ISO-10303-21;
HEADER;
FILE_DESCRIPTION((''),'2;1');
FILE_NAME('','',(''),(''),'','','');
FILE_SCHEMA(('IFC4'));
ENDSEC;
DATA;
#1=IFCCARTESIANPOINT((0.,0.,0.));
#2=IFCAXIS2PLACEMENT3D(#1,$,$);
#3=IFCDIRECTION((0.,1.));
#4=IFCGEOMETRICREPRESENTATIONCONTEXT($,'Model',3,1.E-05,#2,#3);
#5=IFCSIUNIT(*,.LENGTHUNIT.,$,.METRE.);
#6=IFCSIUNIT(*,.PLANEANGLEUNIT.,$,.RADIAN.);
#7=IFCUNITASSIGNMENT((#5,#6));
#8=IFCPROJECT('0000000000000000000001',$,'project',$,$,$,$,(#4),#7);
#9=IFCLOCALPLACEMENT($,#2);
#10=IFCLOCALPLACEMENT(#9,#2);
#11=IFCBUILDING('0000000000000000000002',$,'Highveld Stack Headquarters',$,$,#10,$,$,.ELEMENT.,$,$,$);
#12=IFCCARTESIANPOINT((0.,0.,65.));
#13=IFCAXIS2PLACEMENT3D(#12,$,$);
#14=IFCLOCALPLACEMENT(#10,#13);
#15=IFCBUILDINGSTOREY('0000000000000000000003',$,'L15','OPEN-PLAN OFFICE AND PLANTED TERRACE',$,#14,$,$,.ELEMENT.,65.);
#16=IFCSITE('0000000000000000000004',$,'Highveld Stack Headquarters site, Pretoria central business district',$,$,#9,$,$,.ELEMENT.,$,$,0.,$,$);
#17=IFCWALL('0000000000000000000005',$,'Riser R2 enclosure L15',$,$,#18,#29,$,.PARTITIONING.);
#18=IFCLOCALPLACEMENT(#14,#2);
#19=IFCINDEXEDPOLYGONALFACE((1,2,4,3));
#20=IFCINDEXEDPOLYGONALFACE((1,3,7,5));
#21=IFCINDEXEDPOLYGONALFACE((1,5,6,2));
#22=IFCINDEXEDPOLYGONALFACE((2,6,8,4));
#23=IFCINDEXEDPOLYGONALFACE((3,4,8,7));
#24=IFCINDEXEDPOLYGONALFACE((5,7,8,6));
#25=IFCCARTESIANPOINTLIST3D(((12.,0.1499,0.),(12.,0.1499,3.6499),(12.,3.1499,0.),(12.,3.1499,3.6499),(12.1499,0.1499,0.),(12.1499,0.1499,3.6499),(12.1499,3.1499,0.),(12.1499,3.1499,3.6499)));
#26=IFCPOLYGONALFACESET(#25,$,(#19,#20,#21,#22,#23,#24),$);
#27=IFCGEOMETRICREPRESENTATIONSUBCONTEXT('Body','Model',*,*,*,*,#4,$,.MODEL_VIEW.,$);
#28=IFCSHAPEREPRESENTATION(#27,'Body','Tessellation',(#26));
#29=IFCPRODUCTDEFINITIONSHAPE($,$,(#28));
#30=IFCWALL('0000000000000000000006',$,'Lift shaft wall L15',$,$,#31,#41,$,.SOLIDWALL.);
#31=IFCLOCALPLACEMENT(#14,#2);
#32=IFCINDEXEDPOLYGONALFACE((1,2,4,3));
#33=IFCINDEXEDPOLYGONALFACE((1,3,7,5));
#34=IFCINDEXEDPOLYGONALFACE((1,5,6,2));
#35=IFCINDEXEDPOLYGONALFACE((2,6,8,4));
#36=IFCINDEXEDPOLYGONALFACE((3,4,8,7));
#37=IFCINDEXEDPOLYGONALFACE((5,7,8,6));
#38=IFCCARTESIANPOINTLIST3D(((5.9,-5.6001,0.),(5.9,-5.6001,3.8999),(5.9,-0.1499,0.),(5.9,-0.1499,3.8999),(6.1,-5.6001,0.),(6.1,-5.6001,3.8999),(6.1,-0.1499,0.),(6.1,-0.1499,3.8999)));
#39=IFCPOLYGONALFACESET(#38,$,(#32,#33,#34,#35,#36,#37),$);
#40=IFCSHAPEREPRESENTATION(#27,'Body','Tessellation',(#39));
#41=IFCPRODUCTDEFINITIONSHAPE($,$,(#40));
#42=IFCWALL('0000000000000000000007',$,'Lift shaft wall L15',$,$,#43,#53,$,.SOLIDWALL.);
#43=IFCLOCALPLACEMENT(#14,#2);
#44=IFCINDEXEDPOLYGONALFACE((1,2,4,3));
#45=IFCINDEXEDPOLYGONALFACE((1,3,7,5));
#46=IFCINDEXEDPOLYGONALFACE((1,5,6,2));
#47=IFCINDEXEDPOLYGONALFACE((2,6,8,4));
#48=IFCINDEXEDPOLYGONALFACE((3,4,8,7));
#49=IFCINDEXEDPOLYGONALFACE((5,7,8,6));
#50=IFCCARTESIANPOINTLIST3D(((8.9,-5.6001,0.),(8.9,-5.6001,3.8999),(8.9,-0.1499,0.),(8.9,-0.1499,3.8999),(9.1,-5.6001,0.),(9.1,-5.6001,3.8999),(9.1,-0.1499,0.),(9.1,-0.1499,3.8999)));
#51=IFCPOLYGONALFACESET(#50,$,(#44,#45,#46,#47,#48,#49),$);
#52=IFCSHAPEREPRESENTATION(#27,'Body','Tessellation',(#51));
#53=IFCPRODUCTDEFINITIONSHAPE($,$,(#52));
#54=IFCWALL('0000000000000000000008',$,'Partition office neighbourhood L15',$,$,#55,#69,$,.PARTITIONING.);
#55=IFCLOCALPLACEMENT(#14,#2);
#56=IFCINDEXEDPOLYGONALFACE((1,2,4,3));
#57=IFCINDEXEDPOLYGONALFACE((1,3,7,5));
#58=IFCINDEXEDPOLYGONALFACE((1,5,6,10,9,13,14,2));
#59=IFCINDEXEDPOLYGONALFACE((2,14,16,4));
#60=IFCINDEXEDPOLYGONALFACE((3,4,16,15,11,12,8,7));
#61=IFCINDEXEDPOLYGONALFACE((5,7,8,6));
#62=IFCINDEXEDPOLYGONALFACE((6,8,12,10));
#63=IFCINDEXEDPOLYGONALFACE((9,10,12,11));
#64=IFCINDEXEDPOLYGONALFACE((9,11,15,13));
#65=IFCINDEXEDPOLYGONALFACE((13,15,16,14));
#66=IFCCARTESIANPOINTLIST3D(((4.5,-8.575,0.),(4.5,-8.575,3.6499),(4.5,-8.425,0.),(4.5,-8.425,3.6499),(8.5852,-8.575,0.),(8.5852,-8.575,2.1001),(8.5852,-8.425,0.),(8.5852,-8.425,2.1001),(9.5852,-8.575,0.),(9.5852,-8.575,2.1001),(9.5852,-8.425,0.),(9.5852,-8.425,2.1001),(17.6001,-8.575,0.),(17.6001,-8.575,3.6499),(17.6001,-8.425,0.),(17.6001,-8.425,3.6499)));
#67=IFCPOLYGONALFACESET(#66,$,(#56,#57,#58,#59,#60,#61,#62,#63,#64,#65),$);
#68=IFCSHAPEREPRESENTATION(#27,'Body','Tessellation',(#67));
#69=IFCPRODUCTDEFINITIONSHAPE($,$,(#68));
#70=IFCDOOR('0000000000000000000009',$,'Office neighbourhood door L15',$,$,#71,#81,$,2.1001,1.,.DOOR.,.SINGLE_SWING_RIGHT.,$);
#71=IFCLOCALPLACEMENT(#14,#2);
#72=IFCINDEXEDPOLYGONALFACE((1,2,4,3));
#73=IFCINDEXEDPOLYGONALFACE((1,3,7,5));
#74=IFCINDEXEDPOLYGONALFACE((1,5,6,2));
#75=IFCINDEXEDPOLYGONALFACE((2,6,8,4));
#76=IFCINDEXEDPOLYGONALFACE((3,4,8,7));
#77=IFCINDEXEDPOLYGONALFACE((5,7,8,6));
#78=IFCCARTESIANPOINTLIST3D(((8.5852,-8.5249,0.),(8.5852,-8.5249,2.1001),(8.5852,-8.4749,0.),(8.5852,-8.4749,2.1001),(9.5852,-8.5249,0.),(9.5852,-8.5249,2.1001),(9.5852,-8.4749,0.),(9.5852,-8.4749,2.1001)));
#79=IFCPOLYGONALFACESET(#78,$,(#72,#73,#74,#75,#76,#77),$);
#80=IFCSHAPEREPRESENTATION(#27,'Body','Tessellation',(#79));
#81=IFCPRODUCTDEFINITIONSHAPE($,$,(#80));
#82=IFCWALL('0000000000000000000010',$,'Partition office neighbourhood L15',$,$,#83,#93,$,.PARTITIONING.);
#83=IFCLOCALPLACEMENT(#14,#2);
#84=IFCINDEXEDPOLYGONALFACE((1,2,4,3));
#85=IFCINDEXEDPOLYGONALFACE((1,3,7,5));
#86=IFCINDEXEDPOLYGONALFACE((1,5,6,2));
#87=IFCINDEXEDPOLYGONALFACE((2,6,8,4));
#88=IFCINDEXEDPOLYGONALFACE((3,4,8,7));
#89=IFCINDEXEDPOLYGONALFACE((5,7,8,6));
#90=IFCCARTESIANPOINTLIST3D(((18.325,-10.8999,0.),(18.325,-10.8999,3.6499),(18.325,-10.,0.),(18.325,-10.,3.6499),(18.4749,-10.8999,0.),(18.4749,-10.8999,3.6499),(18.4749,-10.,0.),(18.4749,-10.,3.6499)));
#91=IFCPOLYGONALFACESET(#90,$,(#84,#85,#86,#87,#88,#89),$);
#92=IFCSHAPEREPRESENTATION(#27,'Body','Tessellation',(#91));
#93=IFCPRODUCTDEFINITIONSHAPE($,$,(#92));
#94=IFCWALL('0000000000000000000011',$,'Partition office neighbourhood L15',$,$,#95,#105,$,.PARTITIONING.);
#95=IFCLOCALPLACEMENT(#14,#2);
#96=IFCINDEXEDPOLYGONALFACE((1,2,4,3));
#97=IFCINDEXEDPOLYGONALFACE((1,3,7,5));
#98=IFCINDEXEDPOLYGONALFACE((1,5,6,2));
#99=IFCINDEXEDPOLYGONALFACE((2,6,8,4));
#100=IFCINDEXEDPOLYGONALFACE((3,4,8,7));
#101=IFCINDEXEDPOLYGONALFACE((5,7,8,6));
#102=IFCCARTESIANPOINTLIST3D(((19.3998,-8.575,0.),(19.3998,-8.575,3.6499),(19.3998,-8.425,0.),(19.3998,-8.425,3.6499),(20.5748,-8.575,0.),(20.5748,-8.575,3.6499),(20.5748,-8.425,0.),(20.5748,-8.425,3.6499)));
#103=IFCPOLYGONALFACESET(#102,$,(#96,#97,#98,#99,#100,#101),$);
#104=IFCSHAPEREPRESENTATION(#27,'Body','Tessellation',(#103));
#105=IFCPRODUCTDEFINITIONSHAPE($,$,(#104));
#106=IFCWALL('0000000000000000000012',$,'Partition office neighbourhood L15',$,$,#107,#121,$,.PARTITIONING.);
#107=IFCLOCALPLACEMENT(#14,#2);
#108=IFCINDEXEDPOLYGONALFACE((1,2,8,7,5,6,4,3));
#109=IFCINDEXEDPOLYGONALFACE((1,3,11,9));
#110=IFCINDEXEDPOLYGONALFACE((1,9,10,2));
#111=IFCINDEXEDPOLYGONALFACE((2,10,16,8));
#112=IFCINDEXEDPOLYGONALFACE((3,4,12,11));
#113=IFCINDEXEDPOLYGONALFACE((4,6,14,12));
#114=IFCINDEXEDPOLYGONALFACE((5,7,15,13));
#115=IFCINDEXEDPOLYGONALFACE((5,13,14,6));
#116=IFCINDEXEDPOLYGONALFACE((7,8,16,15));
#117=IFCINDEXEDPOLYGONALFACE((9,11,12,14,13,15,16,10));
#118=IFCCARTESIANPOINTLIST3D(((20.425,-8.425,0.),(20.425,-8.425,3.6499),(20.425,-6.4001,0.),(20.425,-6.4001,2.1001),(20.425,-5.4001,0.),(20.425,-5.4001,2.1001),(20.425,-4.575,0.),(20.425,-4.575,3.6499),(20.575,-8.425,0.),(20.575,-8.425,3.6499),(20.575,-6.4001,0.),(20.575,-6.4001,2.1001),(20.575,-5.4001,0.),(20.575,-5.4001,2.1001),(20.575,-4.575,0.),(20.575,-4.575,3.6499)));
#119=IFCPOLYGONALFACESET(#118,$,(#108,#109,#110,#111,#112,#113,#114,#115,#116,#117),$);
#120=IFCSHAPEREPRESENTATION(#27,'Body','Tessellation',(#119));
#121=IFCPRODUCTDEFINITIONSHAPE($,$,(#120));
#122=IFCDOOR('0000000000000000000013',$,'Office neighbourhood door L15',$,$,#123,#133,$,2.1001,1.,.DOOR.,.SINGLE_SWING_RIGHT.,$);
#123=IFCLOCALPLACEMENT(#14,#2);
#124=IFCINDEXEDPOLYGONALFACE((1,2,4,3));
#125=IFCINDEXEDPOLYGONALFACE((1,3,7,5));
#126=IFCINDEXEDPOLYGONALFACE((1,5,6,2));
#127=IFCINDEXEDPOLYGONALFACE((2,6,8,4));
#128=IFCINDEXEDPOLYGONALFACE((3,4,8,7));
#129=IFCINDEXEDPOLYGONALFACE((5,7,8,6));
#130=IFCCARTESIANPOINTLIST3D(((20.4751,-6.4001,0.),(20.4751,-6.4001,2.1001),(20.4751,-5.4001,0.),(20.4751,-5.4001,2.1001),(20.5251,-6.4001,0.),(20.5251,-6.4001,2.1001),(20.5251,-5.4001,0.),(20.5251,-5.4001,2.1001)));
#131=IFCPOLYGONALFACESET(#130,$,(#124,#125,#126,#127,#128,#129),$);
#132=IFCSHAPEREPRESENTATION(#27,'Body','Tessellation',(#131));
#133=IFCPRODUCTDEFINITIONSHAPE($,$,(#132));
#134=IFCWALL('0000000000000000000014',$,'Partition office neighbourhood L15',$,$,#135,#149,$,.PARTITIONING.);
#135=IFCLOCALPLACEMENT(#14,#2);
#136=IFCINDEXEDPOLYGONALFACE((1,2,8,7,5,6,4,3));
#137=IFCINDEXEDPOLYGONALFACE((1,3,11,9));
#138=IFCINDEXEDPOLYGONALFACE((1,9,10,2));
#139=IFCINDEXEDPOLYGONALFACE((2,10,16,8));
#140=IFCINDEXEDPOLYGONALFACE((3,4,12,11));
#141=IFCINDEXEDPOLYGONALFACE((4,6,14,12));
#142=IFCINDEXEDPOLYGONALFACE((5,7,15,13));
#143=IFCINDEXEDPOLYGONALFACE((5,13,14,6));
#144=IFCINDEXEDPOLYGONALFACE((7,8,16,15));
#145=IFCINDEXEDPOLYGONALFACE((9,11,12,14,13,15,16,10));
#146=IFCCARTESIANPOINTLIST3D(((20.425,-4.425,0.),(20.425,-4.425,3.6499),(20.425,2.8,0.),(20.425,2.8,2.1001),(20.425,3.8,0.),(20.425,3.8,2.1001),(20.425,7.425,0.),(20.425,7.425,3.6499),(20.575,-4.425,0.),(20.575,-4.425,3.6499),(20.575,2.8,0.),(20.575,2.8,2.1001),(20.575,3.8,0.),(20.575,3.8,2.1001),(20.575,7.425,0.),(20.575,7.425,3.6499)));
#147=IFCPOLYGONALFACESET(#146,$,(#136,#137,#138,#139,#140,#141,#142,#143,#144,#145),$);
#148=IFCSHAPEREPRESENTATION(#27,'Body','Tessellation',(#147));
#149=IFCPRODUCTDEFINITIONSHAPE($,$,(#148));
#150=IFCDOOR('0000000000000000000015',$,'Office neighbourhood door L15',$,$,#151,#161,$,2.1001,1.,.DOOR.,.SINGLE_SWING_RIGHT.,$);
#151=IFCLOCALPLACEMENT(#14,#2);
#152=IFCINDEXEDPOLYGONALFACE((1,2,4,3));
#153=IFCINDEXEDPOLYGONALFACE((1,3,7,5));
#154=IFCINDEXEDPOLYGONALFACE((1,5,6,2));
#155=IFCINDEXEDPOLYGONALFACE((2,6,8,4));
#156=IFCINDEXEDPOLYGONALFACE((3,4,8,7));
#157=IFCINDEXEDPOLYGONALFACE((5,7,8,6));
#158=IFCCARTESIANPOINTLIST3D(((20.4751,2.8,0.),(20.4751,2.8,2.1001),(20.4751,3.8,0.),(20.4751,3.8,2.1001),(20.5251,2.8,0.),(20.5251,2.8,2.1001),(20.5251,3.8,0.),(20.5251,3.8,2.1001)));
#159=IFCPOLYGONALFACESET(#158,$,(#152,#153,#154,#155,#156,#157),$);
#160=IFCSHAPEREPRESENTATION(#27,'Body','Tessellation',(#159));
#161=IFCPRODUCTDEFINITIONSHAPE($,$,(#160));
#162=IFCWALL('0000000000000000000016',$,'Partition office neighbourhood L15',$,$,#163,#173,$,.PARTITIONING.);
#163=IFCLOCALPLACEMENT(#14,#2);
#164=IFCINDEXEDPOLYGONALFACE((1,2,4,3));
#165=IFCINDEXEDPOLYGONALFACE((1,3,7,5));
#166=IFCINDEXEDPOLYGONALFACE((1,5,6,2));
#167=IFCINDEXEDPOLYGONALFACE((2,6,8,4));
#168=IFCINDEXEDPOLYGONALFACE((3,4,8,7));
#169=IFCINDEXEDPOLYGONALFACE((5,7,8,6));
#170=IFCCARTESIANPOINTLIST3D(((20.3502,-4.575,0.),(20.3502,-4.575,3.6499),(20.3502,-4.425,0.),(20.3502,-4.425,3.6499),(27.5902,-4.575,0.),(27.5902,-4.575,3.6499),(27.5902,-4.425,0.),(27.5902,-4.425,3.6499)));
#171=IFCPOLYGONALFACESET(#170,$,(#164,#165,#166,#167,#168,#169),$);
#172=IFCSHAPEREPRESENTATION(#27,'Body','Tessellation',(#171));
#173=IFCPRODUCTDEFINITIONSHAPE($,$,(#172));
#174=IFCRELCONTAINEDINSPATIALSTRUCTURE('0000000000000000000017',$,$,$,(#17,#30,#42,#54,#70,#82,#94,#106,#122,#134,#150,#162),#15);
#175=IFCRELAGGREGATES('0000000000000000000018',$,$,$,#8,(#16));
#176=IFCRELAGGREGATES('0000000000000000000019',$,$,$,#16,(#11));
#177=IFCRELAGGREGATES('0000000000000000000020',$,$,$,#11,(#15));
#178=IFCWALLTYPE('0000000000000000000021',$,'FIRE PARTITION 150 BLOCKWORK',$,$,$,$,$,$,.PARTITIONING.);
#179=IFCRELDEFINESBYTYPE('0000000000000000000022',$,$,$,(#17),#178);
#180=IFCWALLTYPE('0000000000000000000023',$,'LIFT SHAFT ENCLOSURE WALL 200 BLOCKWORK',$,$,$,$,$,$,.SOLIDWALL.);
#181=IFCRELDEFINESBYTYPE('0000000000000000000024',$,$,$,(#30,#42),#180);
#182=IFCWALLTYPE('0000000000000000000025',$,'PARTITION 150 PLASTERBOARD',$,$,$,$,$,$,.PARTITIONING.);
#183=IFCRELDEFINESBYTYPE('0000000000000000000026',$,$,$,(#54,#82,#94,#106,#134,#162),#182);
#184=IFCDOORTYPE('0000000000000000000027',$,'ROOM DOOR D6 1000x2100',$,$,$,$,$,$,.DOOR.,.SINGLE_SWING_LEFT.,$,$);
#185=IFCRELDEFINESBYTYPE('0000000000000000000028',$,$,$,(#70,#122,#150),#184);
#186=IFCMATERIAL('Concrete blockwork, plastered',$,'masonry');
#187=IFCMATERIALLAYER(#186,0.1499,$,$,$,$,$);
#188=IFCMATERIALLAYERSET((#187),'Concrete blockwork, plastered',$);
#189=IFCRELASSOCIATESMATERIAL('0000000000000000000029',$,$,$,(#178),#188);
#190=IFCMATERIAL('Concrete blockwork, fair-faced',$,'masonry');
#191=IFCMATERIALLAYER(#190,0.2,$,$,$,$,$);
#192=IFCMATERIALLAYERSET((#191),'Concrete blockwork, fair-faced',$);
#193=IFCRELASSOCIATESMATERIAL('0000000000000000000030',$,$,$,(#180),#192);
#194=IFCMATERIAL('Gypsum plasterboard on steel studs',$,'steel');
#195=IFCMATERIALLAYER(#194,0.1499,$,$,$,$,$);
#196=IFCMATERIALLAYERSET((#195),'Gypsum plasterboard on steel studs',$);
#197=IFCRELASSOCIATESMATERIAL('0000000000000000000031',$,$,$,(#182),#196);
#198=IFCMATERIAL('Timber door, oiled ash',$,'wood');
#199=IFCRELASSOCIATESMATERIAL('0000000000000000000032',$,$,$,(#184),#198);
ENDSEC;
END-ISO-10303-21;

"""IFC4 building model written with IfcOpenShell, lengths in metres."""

from ifc_helpers import new_model, si_unit, direction, frame, frame_2d, origin, place, context, subcontext, project, spatial, rectangle, extrude, material, layer, layer_set, type_object, element, fill, save


model = new_model("IFC4")

# Units and contexts
model_context = context("Model", 3, precision=1e-05, world=origin(), true_north=direction((0.0, 1.0)))
body_context = subcontext(model_context, "Body", "Model", "MODEL_VIEW")
ifc_project = project(units=[si_unit("LENGTHUNIT", "METRE"), si_unit("PLANEANGLEUNIT", "RADIAN")], contexts=[model_context])

# Site, building, storey
site_placement = place(None, origin())
site = spatial("IfcSite", under=ifc_project, at=site_placement, Name="Highveld Stack Headquarters site, Pretoria central business district", CompositionType="ELEMENT", RefElevation=0.0)
building_placement = place(site_placement, origin())
building = spatial("IfcBuilding", under=site, at=building_placement, Name="Highveld Stack Headquarters", CompositionType="ELEMENT")
storey_placement = place(building_placement, frame((0.0, 0.0, 65.0)))
storey = spatial("IfcBuildingStorey", under=building, at=storey_placement, Name="L15", Description="OPEN-PLAN OFFICE AND PLANTED TERRACE", CompositionType="ELEMENT", Elevation=65.0)

# Walls
ifc_material_1 = material(Name="Concrete blockwork, plastered", Category="masonry")
ifc_layer_1 = layer(ifc_material_1, 0.1499)
ifc_layer_set_1 = layer_set([ifc_layer_1], Name="Concrete blockwork, plastered")
wall_type_1 = type_object("IfcWallType", Name="FIRE PARTITION 150 BLOCKWORK", PredefinedType="PARTITIONING", material=ifc_layer_set_1)
wall_1_placement = place(storey_placement, frame((12.075, 0.1499, 0.0), z_axis=(0.0, 0.0, 1.0), x_axis=(0.0, 1.0, 0.0)))
element("IfcWall", 1, at=wall_1_placement, inside=storey, type_object=wall_type_1, Name="Riser R2 enclosure L15", PredefinedType="PARTITIONING", context=body_context, shape_type="SweptSolid", body=[
    extrude(rectangle(XDim=3.0, YDim=0.1499, at=frame_2d((1.5, 0.0))), origin(), (0.0, 0.0, 1.0), 3.6499),
])
ifc_material_2 = material(Name="Concrete blockwork, fair-faced", Category="masonry")
ifc_layer_2 = layer(ifc_material_2, 0.2)
ifc_layer_set_2 = layer_set([ifc_layer_2], Name="Concrete blockwork, fair-faced")
wall_type_2 = type_object("IfcWallType", Name="LIFT SHAFT ENCLOSURE WALL 200 BLOCKWORK", PredefinedType="SOLIDWALL", material=ifc_layer_set_2)
for number, where, z_axis, x_axis, name in (
    (2, (6.0, -5.6001, 0.0), (0.0, 0.0, 1.0), (0.0, 1.0, 0.0), "Lift shaft wall L15"),
    (3, (9.0, -5.6001, 0.0), (0.0, 0.0, 1.0), (0.0, 1.0, 0.0), "Lift shaft wall L15"),
):
    element("IfcWall", number, at=place(storey_placement, frame(where, z_axis=z_axis, x_axis=x_axis)), inside=storey, type_object=wall_type_2, Name=name, PredefinedType="SOLIDWALL", context=body_context, shape_type="SweptSolid", body=[
        extrude(rectangle(XDim=5.4502, YDim=0.2, at=frame_2d((2.7251, 0.0))), origin(), (0.0, 0.0, 1.0), 3.8999),
    ])

# Wall, opening, door
ifc_material_3 = material(Name="Gypsum plasterboard on steel studs", Category="steel")
ifc_layer_3 = layer(ifc_material_3, 0.1499)
ifc_layer_set_3 = layer_set([ifc_layer_3], Name="Gypsum plasterboard on steel studs")
wall_type_3 = type_object("IfcWallType", Name="PARTITION 150 PLASTERBOARD", PredefinedType="PARTITIONING", material=ifc_layer_set_3)
wall_2_placement = place(storey_placement, frame((17.6001, -8.5, 0.0), z_axis=(0.0, 0.0, 1.0), x_axis=(-1.0, 0.0, 0.0)))
wall_2 = element("IfcWall", 4, at=wall_2_placement, inside=storey, type_object=wall_type_3, Name="Partition office neighbourhood L15", PredefinedType="PARTITIONING", context=body_context, shape_type="SweptSolid", body=[
    extrude(rectangle(XDim=13.1001, YDim=0.1499, at=frame_2d((6.55, 0.0))), origin(), (0.0, 0.0, 1.0), 3.6499),
])
opening_1_placement = place(wall_2_placement, frame((8.0149, 0.0, 0.0)))
opening_1 = element("IfcOpeningElement", 5, at=opening_1_placement, cuts=wall_2, PredefinedType="OPENING", context=body_context, shape_type="SweptSolid", body=[
    extrude(rectangle(XDim=1.0, YDim=2.1001, at=frame_2d((0.5, 1.05))), frame((0.0, 0.085, 0.0), z_axis=(0.0, -1.0, 0.0), x_axis=(1.0, 0.0, 0.0)), (0.0, 0.0, 1.0), 0.1699),
])
ifc_material_4 = material(Name="Timber door, oiled ash", Category="wood")
door_type_1 = type_object("IfcDoorType", Name="ROOM DOOR D6 1000x2100", OperationType="SINGLE_SWING_LEFT", PredefinedType="DOOR", material=ifc_material_4)
door_1_placement = place(opening_1_placement, origin())
door_1 = element("IfcDoor", 6, at=door_1_placement, inside=storey, type_object=door_type_1, Name="Office neighbourhood door L15", OperationType="SINGLE_SWING_RIGHT", OverallHeight=2.1001, OverallWidth=1.0, PredefinedType="DOOR", context=body_context, shape_type="SweptSolid", body=[
    extrude(rectangle(XDim=1.0, YDim=2.1001, at=frame_2d((0.5, 1.05))), frame((0.0, 0.0249, 0.0), z_axis=(0.0, -1.0, 0.0), x_axis=(1.0, 0.0, 0.0)), (0.0, 0.0, 1.0), 0.05),
])
fill(opening_1, door_1)

# Walls
wall_3_placement = place(storey_placement, frame((18.3999, -10.8999, 0.0), z_axis=(0.0, 0.0, 1.0), x_axis=(0.0, 1.0, 0.0)))
element("IfcWall", 7, at=wall_3_placement, inside=storey, type_object=wall_type_3, Name="Partition office neighbourhood L15", PredefinedType="PARTITIONING", context=body_context, shape_type="SweptSolid", body=[
    extrude(rectangle(XDim=0.8999, YDim=0.1499, at=frame_2d((0.45, 0.0))), origin(), (0.0, 0.0, 1.0), 3.6499),
])
wall_4_placement = place(storey_placement, frame((19.3999, -8.5, 0.0), z_axis=(0.0, 0.0, 1.0), x_axis=(1.0, 0.0, 0.0)))
element("IfcWall", 8, at=wall_4_placement, inside=storey, type_object=wall_type_3, Name="Partition office neighbourhood L15", PredefinedType="PARTITIONING", context=body_context, shape_type="SweptSolid", body=[
    extrude(rectangle(XDim=1.175, YDim=0.1499, at=frame_2d((0.5874, 0.0))), origin(), (0.0, 0.0, 1.0), 3.6499),
])

# Walls, openings, doors
wall_5_placement = place(storey_placement, frame((20.5, -8.425, 0.0), z_axis=(0.0, 0.0, 1.0), x_axis=(0.0, 1.0, 0.0)))
wall_5 = element("IfcWall", 9, at=wall_5_placement, inside=storey, type_object=wall_type_3, Name="Partition office neighbourhood L15", PredefinedType="PARTITIONING", context=body_context, shape_type="SweptSolid", body=[
    extrude(rectangle(XDim=3.8501, YDim=0.1499, at=frame_2d((1.925, 0.0))), origin(), (0.0, 0.0, 1.0), 3.6499),
])
opening_2_placement = place(wall_5_placement, frame((2.0249, 0.0, 0.0)))
opening_2 = element("IfcOpeningElement", 10, at=opening_2_placement, cuts=wall_5, PredefinedType="OPENING", context=body_context, shape_type="SweptSolid", body=[
    extrude(rectangle(XDim=1.0, YDim=2.1001, at=frame_2d((0.5, 1.05))), frame((0.0, 0.085, 0.0), z_axis=(0.0, -1.0, 0.0), x_axis=(1.0, 0.0, 0.0)), (0.0, 0.0, 1.0), 0.1699),
])
door_2_placement = place(opening_2_placement, origin())
door_2 = element("IfcDoor", 11, at=door_2_placement, inside=storey, type_object=door_type_1, Name="Office neighbourhood door L15", OperationType="SINGLE_SWING_RIGHT", OverallHeight=2.1001, OverallWidth=1.0, PredefinedType="DOOR", context=body_context, shape_type="SweptSolid", body=[
    extrude(rectangle(XDim=1.0, YDim=2.1001, at=frame_2d((0.5, 1.05))), frame((0.0, 0.0249, 0.0), z_axis=(0.0, -1.0, 0.0), x_axis=(1.0, 0.0, 0.0)), (0.0, 0.0, 1.0), 0.05),
])
fill(opening_2, door_2)
wall_6_placement = place(storey_placement, frame((20.5, -4.425, 0.0), z_axis=(0.0, 0.0, 1.0), x_axis=(0.0, 1.0, 0.0)))
wall_6 = element("IfcWall", 12, at=wall_6_placement, inside=storey, type_object=wall_type_3, Name="Partition office neighbourhood L15", PredefinedType="PARTITIONING", context=body_context, shape_type="SweptSolid", body=[
    extrude(rectangle(XDim=11.8501, YDim=0.1499, at=frame_2d((5.925, 0.0))), origin(), (0.0, 0.0, 1.0), 3.6499),
])
opening_3_placement = place(wall_6_placement, frame((7.2251, 0.0, 0.0)))
opening_3 = element("IfcOpeningElement", 13, at=opening_3_placement, cuts=wall_6, PredefinedType="OPENING", context=body_context, shape_type="SweptSolid", body=[
    extrude(rectangle(XDim=1.0, YDim=2.1001, at=frame_2d((0.5, 1.05))), frame((0.0, 0.085, 0.0), z_axis=(0.0, -1.0, 0.0), x_axis=(1.0, 0.0, 0.0)), (0.0, 0.0, 1.0), 0.1699),
])
door_3_placement = place(opening_3_placement, origin())
door_3 = element("IfcDoor", 14, at=door_3_placement, inside=storey, type_object=door_type_1, Name="Office neighbourhood door L15", OperationType="SINGLE_SWING_RIGHT", OverallHeight=2.1001, OverallWidth=1.0, PredefinedType="DOOR", context=body_context, shape_type="SweptSolid", body=[
    extrude(rectangle(XDim=1.0, YDim=2.1001, at=frame_2d((0.5, 1.05))), frame((0.0, 0.0249, 0.0), z_axis=(0.0, -1.0, 0.0), x_axis=(1.0, 0.0, 0.0)), (0.0, 0.0, 1.0), 0.05),
])
fill(opening_3, door_3)

# Wall
wall_7_placement = place(storey_placement, frame((20.3501, -4.5, 0.0), z_axis=(0.0, 0.0, 1.0), x_axis=(1.0, 0.0, 0.0)))
element("IfcWall", 15, at=wall_7_placement, inside=storey, type_object=wall_type_3, Name="Partition office neighbourhood L15", PredefinedType="PARTITIONING", context=body_context, shape_type="SweptSolid", body=[
    extrude(rectangle(XDim=7.24, YDim=0.1499, at=frame_2d((3.6201, 0.0))), origin(), (0.0, 0.0, 1.0), 3.6499),
])

save(model, "model.ifc")
